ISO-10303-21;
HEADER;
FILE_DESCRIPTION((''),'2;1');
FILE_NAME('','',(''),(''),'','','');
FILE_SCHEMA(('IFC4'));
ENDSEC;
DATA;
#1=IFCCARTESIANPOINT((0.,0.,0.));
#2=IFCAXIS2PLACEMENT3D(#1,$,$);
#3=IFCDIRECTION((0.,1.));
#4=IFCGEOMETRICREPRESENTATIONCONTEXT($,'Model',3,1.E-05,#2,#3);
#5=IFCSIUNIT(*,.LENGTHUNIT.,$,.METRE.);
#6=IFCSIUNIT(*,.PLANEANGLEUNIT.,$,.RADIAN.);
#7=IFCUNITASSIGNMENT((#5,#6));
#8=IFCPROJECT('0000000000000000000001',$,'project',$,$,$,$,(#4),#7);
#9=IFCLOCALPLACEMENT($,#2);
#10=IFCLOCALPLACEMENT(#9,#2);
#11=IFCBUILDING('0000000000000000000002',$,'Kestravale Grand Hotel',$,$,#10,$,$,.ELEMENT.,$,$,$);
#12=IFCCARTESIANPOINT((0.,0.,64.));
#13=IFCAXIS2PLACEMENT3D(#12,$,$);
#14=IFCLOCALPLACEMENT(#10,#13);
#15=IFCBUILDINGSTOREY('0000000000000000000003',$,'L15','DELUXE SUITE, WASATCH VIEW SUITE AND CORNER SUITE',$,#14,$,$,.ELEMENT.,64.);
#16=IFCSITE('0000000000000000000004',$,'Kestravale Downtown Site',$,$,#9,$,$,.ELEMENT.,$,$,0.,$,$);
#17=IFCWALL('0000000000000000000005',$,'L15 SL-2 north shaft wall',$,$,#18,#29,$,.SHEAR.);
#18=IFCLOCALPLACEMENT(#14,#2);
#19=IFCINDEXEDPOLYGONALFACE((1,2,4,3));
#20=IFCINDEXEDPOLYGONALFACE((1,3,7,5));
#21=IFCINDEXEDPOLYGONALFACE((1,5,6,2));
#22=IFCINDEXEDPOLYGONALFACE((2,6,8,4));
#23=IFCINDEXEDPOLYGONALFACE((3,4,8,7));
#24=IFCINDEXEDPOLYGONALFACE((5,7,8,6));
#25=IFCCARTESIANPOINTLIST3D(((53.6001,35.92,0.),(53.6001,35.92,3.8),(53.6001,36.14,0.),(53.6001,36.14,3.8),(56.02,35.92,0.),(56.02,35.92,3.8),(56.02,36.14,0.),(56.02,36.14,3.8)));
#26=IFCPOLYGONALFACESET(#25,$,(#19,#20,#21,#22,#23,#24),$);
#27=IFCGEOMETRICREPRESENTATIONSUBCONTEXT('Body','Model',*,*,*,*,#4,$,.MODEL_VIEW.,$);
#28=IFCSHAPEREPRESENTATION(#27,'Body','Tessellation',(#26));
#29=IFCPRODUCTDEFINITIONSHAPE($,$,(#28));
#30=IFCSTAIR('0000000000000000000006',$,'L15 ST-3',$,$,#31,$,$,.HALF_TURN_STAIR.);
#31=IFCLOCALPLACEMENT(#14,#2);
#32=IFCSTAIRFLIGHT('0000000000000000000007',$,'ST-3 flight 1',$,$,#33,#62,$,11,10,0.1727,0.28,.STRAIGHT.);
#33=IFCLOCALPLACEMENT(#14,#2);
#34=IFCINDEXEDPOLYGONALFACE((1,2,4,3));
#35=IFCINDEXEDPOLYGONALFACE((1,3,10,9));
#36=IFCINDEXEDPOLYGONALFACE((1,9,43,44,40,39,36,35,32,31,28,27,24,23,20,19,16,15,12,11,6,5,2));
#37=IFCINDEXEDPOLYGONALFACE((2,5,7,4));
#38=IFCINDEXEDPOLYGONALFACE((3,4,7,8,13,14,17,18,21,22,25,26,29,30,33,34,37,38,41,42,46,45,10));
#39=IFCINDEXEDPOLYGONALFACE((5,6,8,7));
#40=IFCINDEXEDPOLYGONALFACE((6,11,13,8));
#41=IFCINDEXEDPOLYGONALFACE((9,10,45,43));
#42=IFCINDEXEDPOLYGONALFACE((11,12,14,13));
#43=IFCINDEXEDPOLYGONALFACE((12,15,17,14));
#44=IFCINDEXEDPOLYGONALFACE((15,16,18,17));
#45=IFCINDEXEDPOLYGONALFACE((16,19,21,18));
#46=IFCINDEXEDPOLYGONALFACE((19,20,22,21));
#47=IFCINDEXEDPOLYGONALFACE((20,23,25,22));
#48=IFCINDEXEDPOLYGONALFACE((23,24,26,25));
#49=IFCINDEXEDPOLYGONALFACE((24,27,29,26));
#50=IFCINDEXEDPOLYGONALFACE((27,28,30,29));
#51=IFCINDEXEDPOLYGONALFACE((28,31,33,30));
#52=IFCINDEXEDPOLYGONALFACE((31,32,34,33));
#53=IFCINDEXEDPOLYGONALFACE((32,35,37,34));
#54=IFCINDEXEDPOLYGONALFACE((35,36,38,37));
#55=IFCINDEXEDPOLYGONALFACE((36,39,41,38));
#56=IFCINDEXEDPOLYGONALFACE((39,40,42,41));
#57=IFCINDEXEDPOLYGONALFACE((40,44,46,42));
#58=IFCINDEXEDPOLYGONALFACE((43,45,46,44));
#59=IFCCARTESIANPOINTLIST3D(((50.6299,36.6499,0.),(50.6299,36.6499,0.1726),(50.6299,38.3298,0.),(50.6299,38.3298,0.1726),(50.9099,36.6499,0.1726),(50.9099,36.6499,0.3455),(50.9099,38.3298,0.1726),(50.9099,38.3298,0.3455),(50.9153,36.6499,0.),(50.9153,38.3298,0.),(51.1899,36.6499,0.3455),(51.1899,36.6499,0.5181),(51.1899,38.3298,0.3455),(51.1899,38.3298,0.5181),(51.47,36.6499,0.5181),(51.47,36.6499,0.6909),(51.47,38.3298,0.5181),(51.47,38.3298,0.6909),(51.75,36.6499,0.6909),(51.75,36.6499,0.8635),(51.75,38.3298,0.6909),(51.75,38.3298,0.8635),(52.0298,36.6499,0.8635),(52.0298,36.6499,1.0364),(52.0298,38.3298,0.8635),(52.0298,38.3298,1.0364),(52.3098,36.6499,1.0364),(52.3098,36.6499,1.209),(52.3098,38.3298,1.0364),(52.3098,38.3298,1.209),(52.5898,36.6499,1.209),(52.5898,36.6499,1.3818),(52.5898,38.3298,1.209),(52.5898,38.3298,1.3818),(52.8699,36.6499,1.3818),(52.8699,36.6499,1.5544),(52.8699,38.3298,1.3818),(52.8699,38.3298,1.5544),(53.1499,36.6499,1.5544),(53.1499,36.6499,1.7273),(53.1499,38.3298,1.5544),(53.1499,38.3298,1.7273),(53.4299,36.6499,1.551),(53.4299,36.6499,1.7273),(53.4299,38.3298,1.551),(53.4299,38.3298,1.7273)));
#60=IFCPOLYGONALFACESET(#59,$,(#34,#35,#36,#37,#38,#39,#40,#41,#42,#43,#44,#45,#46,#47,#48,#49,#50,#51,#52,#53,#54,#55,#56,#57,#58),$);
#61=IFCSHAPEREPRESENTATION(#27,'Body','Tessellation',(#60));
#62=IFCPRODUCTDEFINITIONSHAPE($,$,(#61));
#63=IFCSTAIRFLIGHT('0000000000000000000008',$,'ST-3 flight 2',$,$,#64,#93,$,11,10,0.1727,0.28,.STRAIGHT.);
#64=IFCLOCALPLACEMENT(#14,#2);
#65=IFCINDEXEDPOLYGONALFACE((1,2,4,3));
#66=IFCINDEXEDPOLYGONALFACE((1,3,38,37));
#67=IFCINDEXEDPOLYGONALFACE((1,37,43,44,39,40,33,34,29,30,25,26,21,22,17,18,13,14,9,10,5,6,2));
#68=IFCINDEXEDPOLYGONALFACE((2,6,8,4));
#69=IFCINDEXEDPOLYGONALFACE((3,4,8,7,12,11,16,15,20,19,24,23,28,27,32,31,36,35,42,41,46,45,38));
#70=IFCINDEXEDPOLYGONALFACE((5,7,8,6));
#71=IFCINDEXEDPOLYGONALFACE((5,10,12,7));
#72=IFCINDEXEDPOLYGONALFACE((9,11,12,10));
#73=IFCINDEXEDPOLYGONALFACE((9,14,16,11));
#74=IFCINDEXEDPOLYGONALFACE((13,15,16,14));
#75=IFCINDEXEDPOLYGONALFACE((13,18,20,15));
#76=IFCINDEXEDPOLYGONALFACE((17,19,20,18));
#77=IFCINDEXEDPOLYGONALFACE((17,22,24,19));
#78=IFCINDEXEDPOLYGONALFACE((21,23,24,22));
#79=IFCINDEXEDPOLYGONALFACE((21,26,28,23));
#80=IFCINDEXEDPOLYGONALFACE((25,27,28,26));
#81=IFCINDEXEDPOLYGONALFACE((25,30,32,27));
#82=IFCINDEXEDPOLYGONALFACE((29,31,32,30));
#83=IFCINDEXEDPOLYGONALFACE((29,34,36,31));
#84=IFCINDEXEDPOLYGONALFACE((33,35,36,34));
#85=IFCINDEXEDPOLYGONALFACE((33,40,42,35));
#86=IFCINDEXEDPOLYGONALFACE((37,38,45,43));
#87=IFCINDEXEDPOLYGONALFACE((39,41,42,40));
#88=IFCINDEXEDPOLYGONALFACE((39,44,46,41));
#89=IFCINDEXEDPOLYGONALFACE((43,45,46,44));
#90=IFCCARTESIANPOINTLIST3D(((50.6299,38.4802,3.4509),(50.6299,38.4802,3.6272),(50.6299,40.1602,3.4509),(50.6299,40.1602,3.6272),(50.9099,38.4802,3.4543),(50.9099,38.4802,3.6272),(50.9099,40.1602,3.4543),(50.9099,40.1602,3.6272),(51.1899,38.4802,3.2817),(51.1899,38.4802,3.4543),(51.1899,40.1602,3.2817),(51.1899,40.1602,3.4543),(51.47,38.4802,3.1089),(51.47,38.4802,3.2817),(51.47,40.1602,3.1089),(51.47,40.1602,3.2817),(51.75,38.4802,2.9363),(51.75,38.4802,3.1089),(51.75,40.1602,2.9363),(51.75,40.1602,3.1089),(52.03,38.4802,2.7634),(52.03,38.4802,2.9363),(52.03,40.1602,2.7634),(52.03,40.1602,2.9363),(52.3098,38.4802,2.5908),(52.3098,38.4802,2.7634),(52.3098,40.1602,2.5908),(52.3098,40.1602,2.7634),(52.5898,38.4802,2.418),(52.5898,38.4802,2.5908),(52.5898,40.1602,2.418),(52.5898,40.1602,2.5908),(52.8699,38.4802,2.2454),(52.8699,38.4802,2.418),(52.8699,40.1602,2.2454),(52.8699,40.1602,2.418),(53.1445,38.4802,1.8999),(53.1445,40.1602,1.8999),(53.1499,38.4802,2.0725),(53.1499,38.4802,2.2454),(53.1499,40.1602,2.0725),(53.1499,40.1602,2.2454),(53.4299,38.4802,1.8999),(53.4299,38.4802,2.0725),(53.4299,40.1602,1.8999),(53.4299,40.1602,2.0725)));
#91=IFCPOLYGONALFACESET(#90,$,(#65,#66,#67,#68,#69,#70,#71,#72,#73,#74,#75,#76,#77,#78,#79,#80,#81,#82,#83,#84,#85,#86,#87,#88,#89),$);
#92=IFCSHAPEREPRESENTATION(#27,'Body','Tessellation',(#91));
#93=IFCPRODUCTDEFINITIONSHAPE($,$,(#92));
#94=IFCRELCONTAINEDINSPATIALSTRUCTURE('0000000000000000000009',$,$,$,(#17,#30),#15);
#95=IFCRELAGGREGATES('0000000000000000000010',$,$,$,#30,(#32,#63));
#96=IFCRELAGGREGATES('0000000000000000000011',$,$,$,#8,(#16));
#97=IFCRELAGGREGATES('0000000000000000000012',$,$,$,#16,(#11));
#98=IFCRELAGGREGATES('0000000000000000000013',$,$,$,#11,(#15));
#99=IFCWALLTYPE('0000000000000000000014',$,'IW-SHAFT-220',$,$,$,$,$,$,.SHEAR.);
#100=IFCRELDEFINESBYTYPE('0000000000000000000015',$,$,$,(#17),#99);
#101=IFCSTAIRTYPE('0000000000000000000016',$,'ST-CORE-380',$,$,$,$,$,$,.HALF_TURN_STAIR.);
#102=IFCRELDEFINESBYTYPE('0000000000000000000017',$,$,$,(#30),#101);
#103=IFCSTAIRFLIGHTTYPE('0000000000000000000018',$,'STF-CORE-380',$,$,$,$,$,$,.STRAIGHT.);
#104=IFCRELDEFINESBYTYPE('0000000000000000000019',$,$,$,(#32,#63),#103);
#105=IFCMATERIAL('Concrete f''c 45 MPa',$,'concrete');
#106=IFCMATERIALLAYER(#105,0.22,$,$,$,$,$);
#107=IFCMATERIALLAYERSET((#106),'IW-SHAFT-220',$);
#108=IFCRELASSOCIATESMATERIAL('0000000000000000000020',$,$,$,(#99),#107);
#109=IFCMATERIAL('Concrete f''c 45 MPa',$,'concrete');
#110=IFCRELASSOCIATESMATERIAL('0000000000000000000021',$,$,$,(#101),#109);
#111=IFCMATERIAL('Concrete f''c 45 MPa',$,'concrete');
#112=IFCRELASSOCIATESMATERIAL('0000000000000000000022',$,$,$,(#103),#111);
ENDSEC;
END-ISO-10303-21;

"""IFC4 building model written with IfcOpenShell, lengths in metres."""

from ifc_helpers import new_model, si_unit, direction, frame, frame_2d, origin, place, context, subcontext, project, spatial, polyline, rectangle, outline, extrude, material, layer, layer_set, type_object, element, aggregate, save


model = new_model("IFC4")

# Units and contexts
model_context = context("Model", 3, precision=1e-05, world=origin(), true_north=direction((0.0, 1.0)))
body_context = subcontext(model_context, "Body", "Model", "MODEL_VIEW")
ifc_project = project(units=[si_unit("LENGTHUNIT", "METRE"), si_unit("PLANEANGLEUNIT", "RADIAN")], contexts=[model_context])

# Site, building, storey
site_placement = place(None, origin())
site = spatial("IfcSite", under=ifc_project, at=site_placement, Name="Kestravale Downtown Site", CompositionType="ELEMENT", RefElevation=0.0)
building_placement = place(site_placement, origin())
building = spatial("IfcBuilding", under=site, at=building_placement, Name="Kestravale Grand Hotel", CompositionType="ELEMENT")
storey_placement = place(building_placement, frame((0.0, 0.0, 64.0)))
storey = spatial("IfcBuildingStorey", under=building, at=storey_placement, Name="L15", Description="DELUXE SUITE, WASATCH VIEW SUITE AND CORNER SUITE", CompositionType="ELEMENT", Elevation=64.0)

# Shared definitions
ifc_material_1 = material(Name="Concrete f'c 45 MPa", Category="concrete")
ifc_layer_1 = layer(ifc_material_1, 0.22)
ifc_layer_set_1 = layer_set([ifc_layer_1], Name="IW-SHAFT-220")
wall_type_1 = type_object("IfcWallType", Name="IW-SHAFT-220", PredefinedType="SHEAR", material=ifc_layer_set_1)

# Wall
wall_1_placement = place(storey_placement, frame((53.6001, 36.03, 0.0), z_axis=(0.0, 0.0, 1.0), x_axis=(1.0, 0.0, 0.0)))
element("IfcWall", 1, at=wall_1_placement, inside=storey, type_object=wall_type_1, Name="L15 SL-2 north shaft wall", PredefinedType="SHEAR", context=body_context, shape_type="SweptSolid", body=[
    extrude(rectangle(XDim=2.4199, YDim=0.22, at=frame_2d((1.21, 0.0))), origin(), (0.0, 0.0, 1.0), 3.8),
])

# Stair, stair flights
ifc_material_2 = material(Name="Concrete f'c 45 MPa", Category="concrete")
stair_type = type_object("IfcStairType", Name="ST-CORE-380", PredefinedType="HALF_TURN_STAIR", material=ifc_material_2)
stair_placement = place(storey_placement, origin())
stair = element("IfcStair", 2, at=stair_placement, inside=storey, type_object=stair_type, Name="L15 ST-3", PredefinedType="HALF_TURN_STAIR")
ifc_material_3 = material(Name="Concrete f'c 45 MPa", Category="concrete")
stair_flight_type = type_object("IfcStairFlightType", Name="STF-CORE-380", PredefinedType="STRAIGHT", material=ifc_material_3)
stair_flight_1_placement = place(storey_placement, frame((50.6299, 37.49, 0.0), z_axis=(0.0, 0.0, 1.0), x_axis=(1.0, 0.0, 0.0)))
stair_flight_1 = element("IfcStairFlight", 3, at=stair_flight_1_placement, type_object=stair_flight_type, Name="ST-3 flight 1", NumberOfRisers=11, NumberOfTreads=10, PredefinedType="STRAIGHT", RiserHeight=0.1727, TreadLength=0.28, context=body_context, shape_type="SweptSolid", body=[
    extrude(outline(polyline([(0.0, 0.0), (0.0, 0.1726), (0.28, 0.1726), (0.28, 0.3455), (0.5601, 0.3455), (0.5601, 0.5181), (0.8401, 0.5181), (0.8401, 0.6909), (1.1201, 0.6909), (1.1201, 0.8635), (1.3999, 0.8635), (1.3999, 1.0364), (1.6799, 1.0364), (1.6799, 1.209), (1.96, 1.209), (1.96, 1.3818), (2.24, 1.3818), (2.24, 1.5544), (2.52, 1.5544), (2.52, 1.7273), (2.8, 1.7273), (2.8, 1.8999), (2.8, 1.551), (0.2854, 0.0), (0.0, 0.0)])), frame((0.0, 0.8398, 0.0), z_axis=(0.0, -1.0, 0.0), x_axis=(1.0, 0.0, 0.0)), (0.0, 0.0, 1.0), 1.6799),
])
stair_flight_2_placement = place(storey_placement, frame((53.4299, 39.3201, 1.8999), z_axis=(0.0, 0.0, 1.0), x_axis=(-1.0, 0.0, 0.0)))
stair_flight_2 = element("IfcStairFlight", 4, at=stair_flight_2_placement, type_object=stair_flight_type, Name="ST-3 flight 2", NumberOfRisers=11, NumberOfTreads=10, PredefinedType="STRAIGHT", RiserHeight=0.1727, TreadLength=0.28, context=body_context, shape_type="SweptSolid", body=[
    extrude(outline(polyline([(0.0, 0.0), (0.0, 0.1726), (0.28, 0.1726), (0.28, 0.3455), (0.5601, 0.3455), (0.5601, 0.5181), (0.8401, 0.5181), (0.8401, 0.6909), (1.1201, 0.6909), (1.1201, 0.8635), (1.3999, 0.8635), (1.3999, 1.0364), (1.6799, 1.0364), (1.6799, 1.209), (1.96, 1.209), (1.96, 1.3818), (2.24, 1.3818), (2.24, 1.5544), (2.52, 1.5544), (2.52, 1.7273), (2.8, 1.7273), (2.8, 1.8999), (2.8, 1.551), (0.2854, 0.0), (0.0, 0.0)])), frame((0.0, 0.8398, 0.0), z_axis=(0.0, -1.0, 0.0), x_axis=(1.0, 0.0, 0.0)), (0.0, 0.0, 1.0), 1.6799),
])
aggregate(stair, [stair_flight_1, stair_flight_2])

save(model, "model.ifc")
